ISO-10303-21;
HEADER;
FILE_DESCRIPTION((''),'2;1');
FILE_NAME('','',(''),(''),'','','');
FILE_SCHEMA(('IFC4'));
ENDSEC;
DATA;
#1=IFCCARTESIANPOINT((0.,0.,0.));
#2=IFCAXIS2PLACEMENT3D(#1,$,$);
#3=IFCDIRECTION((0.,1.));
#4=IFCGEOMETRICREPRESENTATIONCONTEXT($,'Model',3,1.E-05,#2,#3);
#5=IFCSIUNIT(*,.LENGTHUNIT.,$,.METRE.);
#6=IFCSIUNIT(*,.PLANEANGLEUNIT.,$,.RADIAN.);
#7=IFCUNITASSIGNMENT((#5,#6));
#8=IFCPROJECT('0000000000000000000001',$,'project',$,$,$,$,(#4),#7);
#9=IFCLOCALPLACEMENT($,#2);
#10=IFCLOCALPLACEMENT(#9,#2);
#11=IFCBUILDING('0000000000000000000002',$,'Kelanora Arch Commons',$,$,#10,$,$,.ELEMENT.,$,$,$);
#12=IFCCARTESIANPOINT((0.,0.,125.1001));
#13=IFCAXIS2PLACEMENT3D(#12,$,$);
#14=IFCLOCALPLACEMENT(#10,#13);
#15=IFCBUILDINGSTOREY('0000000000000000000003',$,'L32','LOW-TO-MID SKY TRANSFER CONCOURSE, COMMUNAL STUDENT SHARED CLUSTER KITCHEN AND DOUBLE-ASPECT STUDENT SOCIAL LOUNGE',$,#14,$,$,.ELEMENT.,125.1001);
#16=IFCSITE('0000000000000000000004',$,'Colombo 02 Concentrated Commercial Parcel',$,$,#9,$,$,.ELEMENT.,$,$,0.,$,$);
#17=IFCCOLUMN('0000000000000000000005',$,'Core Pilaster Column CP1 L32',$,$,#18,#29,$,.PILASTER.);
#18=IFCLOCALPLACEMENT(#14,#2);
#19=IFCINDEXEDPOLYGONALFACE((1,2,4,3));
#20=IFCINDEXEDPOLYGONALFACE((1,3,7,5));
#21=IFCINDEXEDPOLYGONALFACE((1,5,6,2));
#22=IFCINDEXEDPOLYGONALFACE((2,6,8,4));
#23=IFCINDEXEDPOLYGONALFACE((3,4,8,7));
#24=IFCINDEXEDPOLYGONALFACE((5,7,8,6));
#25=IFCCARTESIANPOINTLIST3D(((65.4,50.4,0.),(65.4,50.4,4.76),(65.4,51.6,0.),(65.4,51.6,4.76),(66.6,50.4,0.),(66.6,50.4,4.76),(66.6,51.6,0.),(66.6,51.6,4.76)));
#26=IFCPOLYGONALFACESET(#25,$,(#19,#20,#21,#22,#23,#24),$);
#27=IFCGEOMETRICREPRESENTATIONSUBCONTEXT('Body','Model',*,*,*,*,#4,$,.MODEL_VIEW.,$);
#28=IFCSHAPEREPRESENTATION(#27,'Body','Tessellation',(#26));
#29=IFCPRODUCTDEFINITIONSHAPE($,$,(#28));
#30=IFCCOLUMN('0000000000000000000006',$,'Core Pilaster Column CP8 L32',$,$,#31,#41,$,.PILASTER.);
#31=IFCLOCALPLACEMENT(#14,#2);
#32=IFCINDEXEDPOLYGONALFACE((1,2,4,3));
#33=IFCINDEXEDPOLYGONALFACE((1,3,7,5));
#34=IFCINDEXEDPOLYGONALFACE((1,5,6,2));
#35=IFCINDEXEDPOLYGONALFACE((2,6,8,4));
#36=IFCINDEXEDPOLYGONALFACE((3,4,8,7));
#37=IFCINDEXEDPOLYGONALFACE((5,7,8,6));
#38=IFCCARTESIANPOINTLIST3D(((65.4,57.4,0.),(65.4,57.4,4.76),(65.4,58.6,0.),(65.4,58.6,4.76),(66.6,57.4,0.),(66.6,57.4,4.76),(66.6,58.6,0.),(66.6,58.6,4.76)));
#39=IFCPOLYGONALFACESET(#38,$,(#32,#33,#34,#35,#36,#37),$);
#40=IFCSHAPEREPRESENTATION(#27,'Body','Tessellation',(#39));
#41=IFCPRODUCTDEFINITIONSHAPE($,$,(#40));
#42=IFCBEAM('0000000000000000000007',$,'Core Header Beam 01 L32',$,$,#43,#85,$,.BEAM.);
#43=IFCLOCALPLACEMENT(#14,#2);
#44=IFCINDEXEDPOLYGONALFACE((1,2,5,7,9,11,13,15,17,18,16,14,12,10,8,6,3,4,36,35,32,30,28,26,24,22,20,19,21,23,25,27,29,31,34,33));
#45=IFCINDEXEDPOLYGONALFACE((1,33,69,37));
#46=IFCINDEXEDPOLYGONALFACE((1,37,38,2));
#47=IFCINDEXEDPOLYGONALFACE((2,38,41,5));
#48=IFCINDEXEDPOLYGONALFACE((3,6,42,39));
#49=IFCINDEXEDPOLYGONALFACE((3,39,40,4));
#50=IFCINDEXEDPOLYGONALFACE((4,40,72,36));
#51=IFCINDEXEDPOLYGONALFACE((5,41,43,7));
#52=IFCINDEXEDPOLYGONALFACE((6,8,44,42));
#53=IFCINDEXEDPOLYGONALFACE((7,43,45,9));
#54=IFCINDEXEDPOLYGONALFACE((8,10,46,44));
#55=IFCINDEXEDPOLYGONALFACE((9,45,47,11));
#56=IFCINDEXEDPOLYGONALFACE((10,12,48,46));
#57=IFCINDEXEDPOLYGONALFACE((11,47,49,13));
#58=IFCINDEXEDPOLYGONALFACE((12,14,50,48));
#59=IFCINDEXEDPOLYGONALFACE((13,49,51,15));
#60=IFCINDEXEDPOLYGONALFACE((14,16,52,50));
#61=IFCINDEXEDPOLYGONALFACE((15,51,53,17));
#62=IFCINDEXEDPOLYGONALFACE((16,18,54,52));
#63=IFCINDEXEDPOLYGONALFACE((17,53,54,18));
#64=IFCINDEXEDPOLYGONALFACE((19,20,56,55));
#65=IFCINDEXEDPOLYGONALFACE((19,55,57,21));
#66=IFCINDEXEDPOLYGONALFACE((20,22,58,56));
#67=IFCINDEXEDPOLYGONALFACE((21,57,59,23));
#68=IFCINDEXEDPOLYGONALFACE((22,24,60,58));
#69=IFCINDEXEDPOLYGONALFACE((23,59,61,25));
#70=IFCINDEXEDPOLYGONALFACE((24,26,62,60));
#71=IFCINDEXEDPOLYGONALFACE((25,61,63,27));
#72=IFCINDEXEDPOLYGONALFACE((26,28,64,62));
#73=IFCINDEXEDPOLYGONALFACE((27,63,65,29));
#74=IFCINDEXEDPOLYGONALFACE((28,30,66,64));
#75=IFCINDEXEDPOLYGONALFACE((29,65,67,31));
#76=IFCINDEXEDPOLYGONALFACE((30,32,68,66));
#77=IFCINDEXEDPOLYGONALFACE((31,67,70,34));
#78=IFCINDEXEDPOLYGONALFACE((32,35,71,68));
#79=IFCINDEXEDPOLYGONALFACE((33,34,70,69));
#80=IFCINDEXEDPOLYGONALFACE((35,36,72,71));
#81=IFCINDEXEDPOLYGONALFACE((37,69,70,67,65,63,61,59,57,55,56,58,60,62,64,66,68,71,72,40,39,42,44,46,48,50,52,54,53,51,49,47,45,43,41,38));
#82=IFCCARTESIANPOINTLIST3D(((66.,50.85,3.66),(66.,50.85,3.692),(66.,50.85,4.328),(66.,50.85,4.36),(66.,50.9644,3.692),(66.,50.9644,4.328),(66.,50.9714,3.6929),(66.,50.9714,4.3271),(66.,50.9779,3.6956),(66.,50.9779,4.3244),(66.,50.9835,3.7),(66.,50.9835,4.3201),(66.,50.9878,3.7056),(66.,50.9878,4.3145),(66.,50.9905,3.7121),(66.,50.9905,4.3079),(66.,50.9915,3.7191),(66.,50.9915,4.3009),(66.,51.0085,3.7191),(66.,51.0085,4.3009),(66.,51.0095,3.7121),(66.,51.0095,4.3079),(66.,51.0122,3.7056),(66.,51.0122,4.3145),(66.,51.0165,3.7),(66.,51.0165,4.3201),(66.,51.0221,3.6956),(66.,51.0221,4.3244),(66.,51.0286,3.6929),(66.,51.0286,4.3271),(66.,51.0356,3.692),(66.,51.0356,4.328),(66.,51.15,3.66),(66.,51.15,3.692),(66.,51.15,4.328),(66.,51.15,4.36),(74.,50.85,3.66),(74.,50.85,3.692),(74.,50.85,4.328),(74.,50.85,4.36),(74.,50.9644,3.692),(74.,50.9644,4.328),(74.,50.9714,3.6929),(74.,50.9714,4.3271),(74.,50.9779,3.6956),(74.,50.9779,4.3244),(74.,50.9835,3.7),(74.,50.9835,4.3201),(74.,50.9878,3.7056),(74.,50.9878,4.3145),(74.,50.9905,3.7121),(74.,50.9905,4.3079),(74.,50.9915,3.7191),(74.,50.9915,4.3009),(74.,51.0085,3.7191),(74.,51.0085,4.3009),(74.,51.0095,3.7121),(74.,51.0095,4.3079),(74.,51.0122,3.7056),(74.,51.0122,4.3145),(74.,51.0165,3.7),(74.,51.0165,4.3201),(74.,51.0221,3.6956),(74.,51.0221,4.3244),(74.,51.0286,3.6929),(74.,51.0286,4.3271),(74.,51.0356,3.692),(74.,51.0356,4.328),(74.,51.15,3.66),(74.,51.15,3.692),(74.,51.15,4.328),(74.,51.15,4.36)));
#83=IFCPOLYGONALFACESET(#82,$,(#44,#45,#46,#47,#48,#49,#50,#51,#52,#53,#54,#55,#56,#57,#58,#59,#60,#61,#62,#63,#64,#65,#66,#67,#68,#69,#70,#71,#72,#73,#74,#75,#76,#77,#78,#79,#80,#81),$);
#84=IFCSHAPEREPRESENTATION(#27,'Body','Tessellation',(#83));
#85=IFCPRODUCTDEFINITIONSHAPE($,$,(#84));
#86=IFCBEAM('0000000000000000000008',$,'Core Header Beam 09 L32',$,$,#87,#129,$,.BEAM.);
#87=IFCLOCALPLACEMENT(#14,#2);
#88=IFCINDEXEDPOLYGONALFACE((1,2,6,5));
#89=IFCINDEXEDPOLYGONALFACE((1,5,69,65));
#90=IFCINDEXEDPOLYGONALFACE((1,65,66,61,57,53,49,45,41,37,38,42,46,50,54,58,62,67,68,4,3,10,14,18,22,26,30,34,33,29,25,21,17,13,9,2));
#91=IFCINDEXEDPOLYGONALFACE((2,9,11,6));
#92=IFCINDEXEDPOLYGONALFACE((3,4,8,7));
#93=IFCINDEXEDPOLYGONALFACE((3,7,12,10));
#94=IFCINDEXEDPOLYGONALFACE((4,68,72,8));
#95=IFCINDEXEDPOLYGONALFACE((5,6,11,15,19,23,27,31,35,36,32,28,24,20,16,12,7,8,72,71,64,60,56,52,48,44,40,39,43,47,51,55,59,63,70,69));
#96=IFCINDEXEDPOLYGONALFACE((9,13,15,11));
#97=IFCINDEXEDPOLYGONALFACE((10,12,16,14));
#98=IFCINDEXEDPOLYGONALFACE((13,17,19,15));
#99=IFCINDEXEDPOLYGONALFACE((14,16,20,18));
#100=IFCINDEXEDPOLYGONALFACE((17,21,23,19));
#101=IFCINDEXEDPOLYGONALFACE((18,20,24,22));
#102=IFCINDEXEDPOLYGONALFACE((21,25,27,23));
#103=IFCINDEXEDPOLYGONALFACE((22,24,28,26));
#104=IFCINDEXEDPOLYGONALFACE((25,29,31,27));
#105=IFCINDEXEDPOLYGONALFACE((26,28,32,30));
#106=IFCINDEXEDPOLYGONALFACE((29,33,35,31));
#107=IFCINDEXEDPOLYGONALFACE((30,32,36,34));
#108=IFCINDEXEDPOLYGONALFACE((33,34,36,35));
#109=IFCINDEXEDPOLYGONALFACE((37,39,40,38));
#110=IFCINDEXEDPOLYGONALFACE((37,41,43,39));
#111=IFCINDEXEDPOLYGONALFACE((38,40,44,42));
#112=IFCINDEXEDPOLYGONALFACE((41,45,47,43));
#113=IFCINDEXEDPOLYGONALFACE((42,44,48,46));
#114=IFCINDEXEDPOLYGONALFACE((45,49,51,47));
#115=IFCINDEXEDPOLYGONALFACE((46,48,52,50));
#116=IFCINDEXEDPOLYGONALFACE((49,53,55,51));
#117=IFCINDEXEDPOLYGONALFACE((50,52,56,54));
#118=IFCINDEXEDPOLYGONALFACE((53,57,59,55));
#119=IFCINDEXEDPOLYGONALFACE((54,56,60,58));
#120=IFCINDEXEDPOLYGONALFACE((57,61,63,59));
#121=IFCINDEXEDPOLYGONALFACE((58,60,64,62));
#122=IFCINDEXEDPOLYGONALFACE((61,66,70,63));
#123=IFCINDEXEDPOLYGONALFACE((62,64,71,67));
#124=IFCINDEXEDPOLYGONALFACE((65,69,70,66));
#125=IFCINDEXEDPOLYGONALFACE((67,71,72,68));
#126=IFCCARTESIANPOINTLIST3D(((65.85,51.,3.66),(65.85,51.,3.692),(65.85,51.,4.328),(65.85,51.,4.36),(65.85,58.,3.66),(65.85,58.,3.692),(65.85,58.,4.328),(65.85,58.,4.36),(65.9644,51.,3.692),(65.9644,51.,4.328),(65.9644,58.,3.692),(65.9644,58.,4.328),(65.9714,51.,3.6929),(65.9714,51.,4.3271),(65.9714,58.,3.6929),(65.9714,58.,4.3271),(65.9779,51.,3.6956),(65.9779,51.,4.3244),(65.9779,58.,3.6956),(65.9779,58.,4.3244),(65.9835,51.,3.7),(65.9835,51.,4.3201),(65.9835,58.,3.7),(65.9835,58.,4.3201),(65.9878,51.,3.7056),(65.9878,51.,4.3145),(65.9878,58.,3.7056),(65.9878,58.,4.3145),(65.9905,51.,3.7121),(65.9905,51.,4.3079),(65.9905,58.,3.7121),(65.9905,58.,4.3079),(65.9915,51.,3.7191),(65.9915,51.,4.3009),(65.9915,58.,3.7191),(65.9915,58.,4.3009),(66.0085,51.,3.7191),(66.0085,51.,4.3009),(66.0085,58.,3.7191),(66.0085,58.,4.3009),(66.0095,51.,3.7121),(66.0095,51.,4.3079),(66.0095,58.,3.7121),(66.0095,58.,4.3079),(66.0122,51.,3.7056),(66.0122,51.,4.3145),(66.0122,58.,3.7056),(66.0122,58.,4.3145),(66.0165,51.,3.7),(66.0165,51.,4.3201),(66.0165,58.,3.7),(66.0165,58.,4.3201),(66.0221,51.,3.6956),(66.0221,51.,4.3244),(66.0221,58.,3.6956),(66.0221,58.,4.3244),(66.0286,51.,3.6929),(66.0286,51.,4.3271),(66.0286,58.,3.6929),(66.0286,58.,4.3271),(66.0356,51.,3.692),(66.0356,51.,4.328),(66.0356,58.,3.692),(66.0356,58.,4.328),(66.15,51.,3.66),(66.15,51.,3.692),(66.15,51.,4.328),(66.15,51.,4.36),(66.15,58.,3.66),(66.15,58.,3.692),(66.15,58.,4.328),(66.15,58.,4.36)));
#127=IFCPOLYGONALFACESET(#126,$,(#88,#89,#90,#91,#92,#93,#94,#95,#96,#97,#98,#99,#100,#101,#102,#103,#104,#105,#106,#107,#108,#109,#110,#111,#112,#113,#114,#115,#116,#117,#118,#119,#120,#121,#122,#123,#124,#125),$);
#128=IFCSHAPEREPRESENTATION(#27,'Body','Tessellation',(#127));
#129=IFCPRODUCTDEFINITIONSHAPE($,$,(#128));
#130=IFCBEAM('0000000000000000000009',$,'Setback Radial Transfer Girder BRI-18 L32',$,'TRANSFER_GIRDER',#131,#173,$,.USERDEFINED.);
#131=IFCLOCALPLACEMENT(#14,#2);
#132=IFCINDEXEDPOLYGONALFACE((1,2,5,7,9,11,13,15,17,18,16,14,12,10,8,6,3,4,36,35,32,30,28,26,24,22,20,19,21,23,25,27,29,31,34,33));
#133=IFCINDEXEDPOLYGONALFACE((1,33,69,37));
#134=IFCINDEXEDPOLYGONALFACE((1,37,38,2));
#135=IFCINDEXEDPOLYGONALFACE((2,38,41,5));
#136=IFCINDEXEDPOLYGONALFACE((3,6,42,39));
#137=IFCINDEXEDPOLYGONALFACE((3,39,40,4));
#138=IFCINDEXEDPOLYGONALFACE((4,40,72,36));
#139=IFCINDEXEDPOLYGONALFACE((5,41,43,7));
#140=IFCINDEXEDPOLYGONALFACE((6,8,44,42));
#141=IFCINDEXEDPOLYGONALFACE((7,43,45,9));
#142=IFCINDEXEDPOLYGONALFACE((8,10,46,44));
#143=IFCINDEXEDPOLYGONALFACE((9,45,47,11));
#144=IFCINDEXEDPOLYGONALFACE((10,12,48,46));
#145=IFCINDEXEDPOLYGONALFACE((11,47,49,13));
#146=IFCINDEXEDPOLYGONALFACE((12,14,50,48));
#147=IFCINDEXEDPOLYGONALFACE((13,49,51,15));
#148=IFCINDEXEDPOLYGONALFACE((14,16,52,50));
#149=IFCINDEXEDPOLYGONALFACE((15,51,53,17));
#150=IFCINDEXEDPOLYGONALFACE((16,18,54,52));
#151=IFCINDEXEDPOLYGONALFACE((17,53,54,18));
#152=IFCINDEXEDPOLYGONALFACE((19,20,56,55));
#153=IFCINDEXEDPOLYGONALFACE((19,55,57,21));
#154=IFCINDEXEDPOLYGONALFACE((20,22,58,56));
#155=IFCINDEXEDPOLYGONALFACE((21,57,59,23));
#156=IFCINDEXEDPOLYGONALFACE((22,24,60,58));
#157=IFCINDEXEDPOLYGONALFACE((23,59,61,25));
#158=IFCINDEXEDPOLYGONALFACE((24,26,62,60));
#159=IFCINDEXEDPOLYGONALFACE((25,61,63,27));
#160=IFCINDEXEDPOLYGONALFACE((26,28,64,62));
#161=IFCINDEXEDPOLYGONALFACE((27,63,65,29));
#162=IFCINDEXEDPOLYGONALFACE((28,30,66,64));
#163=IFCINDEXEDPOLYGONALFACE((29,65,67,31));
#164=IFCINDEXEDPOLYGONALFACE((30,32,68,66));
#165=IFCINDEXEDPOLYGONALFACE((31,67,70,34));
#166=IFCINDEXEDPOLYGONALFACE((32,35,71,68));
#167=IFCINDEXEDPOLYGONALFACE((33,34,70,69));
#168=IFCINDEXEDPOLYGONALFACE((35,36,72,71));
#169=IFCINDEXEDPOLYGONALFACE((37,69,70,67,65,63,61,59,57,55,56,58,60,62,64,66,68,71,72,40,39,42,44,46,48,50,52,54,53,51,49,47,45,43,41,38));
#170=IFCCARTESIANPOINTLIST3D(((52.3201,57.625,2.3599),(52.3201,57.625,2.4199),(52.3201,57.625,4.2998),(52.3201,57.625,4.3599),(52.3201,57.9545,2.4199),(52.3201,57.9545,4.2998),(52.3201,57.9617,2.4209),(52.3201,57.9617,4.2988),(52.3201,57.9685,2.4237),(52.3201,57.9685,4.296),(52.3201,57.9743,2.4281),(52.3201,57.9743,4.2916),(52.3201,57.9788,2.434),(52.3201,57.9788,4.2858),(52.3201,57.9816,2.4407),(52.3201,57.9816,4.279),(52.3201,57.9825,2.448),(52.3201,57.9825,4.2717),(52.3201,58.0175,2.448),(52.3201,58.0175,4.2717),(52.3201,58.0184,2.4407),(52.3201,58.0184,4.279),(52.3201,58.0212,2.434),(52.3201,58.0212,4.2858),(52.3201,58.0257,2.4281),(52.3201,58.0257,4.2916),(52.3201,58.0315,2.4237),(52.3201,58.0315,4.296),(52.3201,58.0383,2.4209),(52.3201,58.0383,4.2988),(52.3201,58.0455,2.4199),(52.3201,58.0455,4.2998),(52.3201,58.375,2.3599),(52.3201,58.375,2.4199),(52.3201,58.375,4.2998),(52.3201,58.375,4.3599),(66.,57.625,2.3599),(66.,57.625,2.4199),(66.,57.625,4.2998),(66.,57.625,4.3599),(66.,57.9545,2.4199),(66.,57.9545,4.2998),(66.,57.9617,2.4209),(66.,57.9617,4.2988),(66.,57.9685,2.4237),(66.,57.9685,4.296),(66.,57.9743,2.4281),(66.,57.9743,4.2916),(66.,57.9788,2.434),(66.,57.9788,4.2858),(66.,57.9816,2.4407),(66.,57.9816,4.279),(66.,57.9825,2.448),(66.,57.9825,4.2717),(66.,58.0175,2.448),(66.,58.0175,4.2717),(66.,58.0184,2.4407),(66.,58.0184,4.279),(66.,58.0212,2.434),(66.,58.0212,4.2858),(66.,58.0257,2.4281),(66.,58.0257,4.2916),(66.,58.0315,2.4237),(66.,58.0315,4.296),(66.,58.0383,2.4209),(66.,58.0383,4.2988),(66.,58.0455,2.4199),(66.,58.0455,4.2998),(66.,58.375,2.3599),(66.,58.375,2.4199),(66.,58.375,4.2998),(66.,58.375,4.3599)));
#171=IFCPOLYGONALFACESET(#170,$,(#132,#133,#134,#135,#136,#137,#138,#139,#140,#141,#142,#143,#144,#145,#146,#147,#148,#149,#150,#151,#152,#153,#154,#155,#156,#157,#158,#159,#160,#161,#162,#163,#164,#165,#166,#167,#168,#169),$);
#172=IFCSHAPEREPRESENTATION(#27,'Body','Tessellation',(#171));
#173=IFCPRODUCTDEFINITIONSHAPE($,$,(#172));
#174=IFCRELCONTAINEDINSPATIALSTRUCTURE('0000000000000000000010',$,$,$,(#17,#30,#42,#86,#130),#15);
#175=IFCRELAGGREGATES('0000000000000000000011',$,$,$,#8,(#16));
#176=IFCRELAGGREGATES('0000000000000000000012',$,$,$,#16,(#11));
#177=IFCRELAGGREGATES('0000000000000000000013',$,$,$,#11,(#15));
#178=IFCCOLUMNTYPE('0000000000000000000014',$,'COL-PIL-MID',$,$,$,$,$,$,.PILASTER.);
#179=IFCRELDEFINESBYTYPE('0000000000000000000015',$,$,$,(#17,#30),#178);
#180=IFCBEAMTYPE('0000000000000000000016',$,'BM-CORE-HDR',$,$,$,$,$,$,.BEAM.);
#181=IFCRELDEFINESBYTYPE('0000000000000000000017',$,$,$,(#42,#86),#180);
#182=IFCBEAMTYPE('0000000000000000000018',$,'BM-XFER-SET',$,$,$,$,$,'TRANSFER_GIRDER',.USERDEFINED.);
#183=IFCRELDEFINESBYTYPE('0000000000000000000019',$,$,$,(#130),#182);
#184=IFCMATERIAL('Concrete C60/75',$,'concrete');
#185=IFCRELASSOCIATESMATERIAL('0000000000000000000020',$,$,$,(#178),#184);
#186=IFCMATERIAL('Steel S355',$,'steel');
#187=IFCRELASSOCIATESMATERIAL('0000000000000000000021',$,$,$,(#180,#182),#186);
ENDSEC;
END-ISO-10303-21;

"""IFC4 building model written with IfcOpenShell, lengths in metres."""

from ifc_helpers import new_model, si_unit, direction, frame, origin, origin_2d, place, context, subcontext, project, spatial, rectangle, i_section, extrude, material, material_profile, profile_set, type_object, element, save


model = new_model("IFC4")

# Units and contexts
model_context = context("Model", 3, precision=1e-05, world=origin(), true_north=direction((0.0, 1.0)))
body_context = subcontext(model_context, "Body", "Model", "MODEL_VIEW")
ifc_project = project(units=[si_unit("LENGTHUNIT", "METRE"), si_unit("PLANEANGLEUNIT", "RADIAN")], contexts=[model_context])

# Site, building, storey
site_placement = place(None, origin())
site = spatial("IfcSite", under=ifc_project, at=site_placement, Name="Colombo 02 Concentrated Commercial Parcel", CompositionType="ELEMENT", RefElevation=0.0)
building_placement = place(site_placement, origin())
building = spatial("IfcBuilding", under=site, at=building_placement, Name="Kelanora Arch Commons", CompositionType="ELEMENT")
storey_placement = place(building_placement, frame((0.0, 0.0, 125.1001)))
storey = spatial("IfcBuildingStorey", under=building, at=storey_placement, Name="L32", Description="LOW-TO-MID SKY TRANSFER CONCOURSE, COMMUNAL STUDENT SHARED CLUSTER KITCHEN AND DOUBLE-ASPECT STUDENT SOCIAL LOUNGE", CompositionType="ELEMENT", Elevation=125.1001)

# Columns
ifc_material_1 = material(Name="Concrete C60/75", Category="concrete")
ifc_material_profile_1 = material_profile(ifc_material_1, rectangle(XDim=1.2, YDim=1.2, at=origin_2d()), Name="RC1200x1200")
ifc_profile_set_1 = profile_set([ifc_material_profile_1], Name="Concrete C60/75")
column_type = type_object("IfcColumnType", Name="COL-PIL-MID", PredefinedType="PILASTER", material=ifc_profile_set_1)
for number, where, z_axis, x_axis, name in (
    (1, (66.0, 51.0, 0.0), (0.0, 0.0, 1.0), (1.0, 0.0, 0.0), "Core Pilaster Column CP1 L32"),
    (2, (66.0, 58.0, 0.0), (0.0, 0.0, 1.0), (1.0, 0.0, 0.0), "Core Pilaster Column CP8 L32"),
):
    element("IfcColumn", number, at=place(storey_placement, frame(where, z_axis=z_axis, x_axis=x_axis)), inside=storey, type_object=column_type, Name=name, PredefinedType="PILASTER", context=body_context, shape_type="SweptSolid", body=[
        extrude(rectangle(XDim=1.2, YDim=1.2, at=origin_2d()), origin(), (0.0, 0.0, 1.0), 4.76),
    ])

# Beams
ifc_material_2 = material(Name="Steel S355", Category="steel")
ifc_material_profile_2 = material_profile(ifc_material_2, i_section(OverallWidth=0.3, OverallDepth=0.7, WebThickness=0.0171, FlangeThickness=0.032, FilletRadius=0.0271, at=origin_2d()), Name="HEB700")
ifc_profile_set_2 = profile_set([ifc_material_profile_2], Name="Steel S355")
beam_type_1 = type_object("IfcBeamType", Name="BM-CORE-HDR", PredefinedType="BEAM", material=ifc_profile_set_2)
beam_1_placement = place(storey_placement, frame((66.0, 51.0, 4.01), z_axis=(1.0, 0.0, 0.0), x_axis=(0.0, 1.0, 0.0)))
element("IfcBeam", 3, at=beam_1_placement, inside=storey, type_object=beam_type_1, Name="Core Header Beam 01 L32", PredefinedType="BEAM", context=body_context, shape_type="SweptSolid", body=[
    extrude(i_section(OverallWidth=0.3, OverallDepth=0.7, WebThickness=0.0171, FlangeThickness=0.032, FilletRadius=0.0271, at=origin_2d()), origin(), (0.0, 0.0, 1.0), 8.0),
])
beam_2_placement = place(storey_placement, frame((66.0, 58.0, 4.01), z_axis=(0.0, -1.0, 0.0), x_axis=(1.0, 0.0, 0.0)))
element("IfcBeam", 4, at=beam_2_placement, inside=storey, type_object=beam_type_1, Name="Core Header Beam 09 L32", PredefinedType="BEAM", context=body_context, shape_type="SweptSolid", body=[
    extrude(i_section(OverallWidth=0.3, OverallDepth=0.7, WebThickness=0.0171, FlangeThickness=0.032, FilletRadius=0.0271, at=origin_2d()), origin(), (0.0, 0.0, 1.0), 7.0),
])
ifc_material_profile_3 = material_profile(ifc_material_2, i_section(OverallWidth=0.75, OverallDepth=2.0, WebThickness=0.0349, FlangeThickness=0.0601, FilletRadius=0.0281, at=origin_2d()), Name="PG2000x750")
ifc_profile_set_3 = profile_set([ifc_material_profile_3], Name="Steel S355")
beam_type_2 = type_object("IfcBeamType", Name="BM-XFER-SET", ElementType="TRANSFER_GIRDER", PredefinedType="USERDEFINED", material=ifc_profile_set_3)
beam_3_placement = place(storey_placement, frame((66.0, 58.0, 3.3599), z_axis=(-1.0, 0.0, 0.0), x_axis=(0.0, -1.0, 0.0)))
element("IfcBeam", 5, at=beam_3_placement, inside=storey, type_object=beam_type_2, Name="Setback Radial Transfer Girder BRI-18 L32", ObjectType="TRANSFER_GIRDER", PredefinedType="USERDEFINED", context=body_context, shape_type="SweptSolid", body=[
    extrude(i_section(OverallWidth=0.75, OverallDepth=2.0, WebThickness=0.0349, FlangeThickness=0.0601, FilletRadius=0.0281, at=origin_2d()), origin(), (0.0, 0.0, 1.0), 13.6799),
])

save(model, "model.ifc")
